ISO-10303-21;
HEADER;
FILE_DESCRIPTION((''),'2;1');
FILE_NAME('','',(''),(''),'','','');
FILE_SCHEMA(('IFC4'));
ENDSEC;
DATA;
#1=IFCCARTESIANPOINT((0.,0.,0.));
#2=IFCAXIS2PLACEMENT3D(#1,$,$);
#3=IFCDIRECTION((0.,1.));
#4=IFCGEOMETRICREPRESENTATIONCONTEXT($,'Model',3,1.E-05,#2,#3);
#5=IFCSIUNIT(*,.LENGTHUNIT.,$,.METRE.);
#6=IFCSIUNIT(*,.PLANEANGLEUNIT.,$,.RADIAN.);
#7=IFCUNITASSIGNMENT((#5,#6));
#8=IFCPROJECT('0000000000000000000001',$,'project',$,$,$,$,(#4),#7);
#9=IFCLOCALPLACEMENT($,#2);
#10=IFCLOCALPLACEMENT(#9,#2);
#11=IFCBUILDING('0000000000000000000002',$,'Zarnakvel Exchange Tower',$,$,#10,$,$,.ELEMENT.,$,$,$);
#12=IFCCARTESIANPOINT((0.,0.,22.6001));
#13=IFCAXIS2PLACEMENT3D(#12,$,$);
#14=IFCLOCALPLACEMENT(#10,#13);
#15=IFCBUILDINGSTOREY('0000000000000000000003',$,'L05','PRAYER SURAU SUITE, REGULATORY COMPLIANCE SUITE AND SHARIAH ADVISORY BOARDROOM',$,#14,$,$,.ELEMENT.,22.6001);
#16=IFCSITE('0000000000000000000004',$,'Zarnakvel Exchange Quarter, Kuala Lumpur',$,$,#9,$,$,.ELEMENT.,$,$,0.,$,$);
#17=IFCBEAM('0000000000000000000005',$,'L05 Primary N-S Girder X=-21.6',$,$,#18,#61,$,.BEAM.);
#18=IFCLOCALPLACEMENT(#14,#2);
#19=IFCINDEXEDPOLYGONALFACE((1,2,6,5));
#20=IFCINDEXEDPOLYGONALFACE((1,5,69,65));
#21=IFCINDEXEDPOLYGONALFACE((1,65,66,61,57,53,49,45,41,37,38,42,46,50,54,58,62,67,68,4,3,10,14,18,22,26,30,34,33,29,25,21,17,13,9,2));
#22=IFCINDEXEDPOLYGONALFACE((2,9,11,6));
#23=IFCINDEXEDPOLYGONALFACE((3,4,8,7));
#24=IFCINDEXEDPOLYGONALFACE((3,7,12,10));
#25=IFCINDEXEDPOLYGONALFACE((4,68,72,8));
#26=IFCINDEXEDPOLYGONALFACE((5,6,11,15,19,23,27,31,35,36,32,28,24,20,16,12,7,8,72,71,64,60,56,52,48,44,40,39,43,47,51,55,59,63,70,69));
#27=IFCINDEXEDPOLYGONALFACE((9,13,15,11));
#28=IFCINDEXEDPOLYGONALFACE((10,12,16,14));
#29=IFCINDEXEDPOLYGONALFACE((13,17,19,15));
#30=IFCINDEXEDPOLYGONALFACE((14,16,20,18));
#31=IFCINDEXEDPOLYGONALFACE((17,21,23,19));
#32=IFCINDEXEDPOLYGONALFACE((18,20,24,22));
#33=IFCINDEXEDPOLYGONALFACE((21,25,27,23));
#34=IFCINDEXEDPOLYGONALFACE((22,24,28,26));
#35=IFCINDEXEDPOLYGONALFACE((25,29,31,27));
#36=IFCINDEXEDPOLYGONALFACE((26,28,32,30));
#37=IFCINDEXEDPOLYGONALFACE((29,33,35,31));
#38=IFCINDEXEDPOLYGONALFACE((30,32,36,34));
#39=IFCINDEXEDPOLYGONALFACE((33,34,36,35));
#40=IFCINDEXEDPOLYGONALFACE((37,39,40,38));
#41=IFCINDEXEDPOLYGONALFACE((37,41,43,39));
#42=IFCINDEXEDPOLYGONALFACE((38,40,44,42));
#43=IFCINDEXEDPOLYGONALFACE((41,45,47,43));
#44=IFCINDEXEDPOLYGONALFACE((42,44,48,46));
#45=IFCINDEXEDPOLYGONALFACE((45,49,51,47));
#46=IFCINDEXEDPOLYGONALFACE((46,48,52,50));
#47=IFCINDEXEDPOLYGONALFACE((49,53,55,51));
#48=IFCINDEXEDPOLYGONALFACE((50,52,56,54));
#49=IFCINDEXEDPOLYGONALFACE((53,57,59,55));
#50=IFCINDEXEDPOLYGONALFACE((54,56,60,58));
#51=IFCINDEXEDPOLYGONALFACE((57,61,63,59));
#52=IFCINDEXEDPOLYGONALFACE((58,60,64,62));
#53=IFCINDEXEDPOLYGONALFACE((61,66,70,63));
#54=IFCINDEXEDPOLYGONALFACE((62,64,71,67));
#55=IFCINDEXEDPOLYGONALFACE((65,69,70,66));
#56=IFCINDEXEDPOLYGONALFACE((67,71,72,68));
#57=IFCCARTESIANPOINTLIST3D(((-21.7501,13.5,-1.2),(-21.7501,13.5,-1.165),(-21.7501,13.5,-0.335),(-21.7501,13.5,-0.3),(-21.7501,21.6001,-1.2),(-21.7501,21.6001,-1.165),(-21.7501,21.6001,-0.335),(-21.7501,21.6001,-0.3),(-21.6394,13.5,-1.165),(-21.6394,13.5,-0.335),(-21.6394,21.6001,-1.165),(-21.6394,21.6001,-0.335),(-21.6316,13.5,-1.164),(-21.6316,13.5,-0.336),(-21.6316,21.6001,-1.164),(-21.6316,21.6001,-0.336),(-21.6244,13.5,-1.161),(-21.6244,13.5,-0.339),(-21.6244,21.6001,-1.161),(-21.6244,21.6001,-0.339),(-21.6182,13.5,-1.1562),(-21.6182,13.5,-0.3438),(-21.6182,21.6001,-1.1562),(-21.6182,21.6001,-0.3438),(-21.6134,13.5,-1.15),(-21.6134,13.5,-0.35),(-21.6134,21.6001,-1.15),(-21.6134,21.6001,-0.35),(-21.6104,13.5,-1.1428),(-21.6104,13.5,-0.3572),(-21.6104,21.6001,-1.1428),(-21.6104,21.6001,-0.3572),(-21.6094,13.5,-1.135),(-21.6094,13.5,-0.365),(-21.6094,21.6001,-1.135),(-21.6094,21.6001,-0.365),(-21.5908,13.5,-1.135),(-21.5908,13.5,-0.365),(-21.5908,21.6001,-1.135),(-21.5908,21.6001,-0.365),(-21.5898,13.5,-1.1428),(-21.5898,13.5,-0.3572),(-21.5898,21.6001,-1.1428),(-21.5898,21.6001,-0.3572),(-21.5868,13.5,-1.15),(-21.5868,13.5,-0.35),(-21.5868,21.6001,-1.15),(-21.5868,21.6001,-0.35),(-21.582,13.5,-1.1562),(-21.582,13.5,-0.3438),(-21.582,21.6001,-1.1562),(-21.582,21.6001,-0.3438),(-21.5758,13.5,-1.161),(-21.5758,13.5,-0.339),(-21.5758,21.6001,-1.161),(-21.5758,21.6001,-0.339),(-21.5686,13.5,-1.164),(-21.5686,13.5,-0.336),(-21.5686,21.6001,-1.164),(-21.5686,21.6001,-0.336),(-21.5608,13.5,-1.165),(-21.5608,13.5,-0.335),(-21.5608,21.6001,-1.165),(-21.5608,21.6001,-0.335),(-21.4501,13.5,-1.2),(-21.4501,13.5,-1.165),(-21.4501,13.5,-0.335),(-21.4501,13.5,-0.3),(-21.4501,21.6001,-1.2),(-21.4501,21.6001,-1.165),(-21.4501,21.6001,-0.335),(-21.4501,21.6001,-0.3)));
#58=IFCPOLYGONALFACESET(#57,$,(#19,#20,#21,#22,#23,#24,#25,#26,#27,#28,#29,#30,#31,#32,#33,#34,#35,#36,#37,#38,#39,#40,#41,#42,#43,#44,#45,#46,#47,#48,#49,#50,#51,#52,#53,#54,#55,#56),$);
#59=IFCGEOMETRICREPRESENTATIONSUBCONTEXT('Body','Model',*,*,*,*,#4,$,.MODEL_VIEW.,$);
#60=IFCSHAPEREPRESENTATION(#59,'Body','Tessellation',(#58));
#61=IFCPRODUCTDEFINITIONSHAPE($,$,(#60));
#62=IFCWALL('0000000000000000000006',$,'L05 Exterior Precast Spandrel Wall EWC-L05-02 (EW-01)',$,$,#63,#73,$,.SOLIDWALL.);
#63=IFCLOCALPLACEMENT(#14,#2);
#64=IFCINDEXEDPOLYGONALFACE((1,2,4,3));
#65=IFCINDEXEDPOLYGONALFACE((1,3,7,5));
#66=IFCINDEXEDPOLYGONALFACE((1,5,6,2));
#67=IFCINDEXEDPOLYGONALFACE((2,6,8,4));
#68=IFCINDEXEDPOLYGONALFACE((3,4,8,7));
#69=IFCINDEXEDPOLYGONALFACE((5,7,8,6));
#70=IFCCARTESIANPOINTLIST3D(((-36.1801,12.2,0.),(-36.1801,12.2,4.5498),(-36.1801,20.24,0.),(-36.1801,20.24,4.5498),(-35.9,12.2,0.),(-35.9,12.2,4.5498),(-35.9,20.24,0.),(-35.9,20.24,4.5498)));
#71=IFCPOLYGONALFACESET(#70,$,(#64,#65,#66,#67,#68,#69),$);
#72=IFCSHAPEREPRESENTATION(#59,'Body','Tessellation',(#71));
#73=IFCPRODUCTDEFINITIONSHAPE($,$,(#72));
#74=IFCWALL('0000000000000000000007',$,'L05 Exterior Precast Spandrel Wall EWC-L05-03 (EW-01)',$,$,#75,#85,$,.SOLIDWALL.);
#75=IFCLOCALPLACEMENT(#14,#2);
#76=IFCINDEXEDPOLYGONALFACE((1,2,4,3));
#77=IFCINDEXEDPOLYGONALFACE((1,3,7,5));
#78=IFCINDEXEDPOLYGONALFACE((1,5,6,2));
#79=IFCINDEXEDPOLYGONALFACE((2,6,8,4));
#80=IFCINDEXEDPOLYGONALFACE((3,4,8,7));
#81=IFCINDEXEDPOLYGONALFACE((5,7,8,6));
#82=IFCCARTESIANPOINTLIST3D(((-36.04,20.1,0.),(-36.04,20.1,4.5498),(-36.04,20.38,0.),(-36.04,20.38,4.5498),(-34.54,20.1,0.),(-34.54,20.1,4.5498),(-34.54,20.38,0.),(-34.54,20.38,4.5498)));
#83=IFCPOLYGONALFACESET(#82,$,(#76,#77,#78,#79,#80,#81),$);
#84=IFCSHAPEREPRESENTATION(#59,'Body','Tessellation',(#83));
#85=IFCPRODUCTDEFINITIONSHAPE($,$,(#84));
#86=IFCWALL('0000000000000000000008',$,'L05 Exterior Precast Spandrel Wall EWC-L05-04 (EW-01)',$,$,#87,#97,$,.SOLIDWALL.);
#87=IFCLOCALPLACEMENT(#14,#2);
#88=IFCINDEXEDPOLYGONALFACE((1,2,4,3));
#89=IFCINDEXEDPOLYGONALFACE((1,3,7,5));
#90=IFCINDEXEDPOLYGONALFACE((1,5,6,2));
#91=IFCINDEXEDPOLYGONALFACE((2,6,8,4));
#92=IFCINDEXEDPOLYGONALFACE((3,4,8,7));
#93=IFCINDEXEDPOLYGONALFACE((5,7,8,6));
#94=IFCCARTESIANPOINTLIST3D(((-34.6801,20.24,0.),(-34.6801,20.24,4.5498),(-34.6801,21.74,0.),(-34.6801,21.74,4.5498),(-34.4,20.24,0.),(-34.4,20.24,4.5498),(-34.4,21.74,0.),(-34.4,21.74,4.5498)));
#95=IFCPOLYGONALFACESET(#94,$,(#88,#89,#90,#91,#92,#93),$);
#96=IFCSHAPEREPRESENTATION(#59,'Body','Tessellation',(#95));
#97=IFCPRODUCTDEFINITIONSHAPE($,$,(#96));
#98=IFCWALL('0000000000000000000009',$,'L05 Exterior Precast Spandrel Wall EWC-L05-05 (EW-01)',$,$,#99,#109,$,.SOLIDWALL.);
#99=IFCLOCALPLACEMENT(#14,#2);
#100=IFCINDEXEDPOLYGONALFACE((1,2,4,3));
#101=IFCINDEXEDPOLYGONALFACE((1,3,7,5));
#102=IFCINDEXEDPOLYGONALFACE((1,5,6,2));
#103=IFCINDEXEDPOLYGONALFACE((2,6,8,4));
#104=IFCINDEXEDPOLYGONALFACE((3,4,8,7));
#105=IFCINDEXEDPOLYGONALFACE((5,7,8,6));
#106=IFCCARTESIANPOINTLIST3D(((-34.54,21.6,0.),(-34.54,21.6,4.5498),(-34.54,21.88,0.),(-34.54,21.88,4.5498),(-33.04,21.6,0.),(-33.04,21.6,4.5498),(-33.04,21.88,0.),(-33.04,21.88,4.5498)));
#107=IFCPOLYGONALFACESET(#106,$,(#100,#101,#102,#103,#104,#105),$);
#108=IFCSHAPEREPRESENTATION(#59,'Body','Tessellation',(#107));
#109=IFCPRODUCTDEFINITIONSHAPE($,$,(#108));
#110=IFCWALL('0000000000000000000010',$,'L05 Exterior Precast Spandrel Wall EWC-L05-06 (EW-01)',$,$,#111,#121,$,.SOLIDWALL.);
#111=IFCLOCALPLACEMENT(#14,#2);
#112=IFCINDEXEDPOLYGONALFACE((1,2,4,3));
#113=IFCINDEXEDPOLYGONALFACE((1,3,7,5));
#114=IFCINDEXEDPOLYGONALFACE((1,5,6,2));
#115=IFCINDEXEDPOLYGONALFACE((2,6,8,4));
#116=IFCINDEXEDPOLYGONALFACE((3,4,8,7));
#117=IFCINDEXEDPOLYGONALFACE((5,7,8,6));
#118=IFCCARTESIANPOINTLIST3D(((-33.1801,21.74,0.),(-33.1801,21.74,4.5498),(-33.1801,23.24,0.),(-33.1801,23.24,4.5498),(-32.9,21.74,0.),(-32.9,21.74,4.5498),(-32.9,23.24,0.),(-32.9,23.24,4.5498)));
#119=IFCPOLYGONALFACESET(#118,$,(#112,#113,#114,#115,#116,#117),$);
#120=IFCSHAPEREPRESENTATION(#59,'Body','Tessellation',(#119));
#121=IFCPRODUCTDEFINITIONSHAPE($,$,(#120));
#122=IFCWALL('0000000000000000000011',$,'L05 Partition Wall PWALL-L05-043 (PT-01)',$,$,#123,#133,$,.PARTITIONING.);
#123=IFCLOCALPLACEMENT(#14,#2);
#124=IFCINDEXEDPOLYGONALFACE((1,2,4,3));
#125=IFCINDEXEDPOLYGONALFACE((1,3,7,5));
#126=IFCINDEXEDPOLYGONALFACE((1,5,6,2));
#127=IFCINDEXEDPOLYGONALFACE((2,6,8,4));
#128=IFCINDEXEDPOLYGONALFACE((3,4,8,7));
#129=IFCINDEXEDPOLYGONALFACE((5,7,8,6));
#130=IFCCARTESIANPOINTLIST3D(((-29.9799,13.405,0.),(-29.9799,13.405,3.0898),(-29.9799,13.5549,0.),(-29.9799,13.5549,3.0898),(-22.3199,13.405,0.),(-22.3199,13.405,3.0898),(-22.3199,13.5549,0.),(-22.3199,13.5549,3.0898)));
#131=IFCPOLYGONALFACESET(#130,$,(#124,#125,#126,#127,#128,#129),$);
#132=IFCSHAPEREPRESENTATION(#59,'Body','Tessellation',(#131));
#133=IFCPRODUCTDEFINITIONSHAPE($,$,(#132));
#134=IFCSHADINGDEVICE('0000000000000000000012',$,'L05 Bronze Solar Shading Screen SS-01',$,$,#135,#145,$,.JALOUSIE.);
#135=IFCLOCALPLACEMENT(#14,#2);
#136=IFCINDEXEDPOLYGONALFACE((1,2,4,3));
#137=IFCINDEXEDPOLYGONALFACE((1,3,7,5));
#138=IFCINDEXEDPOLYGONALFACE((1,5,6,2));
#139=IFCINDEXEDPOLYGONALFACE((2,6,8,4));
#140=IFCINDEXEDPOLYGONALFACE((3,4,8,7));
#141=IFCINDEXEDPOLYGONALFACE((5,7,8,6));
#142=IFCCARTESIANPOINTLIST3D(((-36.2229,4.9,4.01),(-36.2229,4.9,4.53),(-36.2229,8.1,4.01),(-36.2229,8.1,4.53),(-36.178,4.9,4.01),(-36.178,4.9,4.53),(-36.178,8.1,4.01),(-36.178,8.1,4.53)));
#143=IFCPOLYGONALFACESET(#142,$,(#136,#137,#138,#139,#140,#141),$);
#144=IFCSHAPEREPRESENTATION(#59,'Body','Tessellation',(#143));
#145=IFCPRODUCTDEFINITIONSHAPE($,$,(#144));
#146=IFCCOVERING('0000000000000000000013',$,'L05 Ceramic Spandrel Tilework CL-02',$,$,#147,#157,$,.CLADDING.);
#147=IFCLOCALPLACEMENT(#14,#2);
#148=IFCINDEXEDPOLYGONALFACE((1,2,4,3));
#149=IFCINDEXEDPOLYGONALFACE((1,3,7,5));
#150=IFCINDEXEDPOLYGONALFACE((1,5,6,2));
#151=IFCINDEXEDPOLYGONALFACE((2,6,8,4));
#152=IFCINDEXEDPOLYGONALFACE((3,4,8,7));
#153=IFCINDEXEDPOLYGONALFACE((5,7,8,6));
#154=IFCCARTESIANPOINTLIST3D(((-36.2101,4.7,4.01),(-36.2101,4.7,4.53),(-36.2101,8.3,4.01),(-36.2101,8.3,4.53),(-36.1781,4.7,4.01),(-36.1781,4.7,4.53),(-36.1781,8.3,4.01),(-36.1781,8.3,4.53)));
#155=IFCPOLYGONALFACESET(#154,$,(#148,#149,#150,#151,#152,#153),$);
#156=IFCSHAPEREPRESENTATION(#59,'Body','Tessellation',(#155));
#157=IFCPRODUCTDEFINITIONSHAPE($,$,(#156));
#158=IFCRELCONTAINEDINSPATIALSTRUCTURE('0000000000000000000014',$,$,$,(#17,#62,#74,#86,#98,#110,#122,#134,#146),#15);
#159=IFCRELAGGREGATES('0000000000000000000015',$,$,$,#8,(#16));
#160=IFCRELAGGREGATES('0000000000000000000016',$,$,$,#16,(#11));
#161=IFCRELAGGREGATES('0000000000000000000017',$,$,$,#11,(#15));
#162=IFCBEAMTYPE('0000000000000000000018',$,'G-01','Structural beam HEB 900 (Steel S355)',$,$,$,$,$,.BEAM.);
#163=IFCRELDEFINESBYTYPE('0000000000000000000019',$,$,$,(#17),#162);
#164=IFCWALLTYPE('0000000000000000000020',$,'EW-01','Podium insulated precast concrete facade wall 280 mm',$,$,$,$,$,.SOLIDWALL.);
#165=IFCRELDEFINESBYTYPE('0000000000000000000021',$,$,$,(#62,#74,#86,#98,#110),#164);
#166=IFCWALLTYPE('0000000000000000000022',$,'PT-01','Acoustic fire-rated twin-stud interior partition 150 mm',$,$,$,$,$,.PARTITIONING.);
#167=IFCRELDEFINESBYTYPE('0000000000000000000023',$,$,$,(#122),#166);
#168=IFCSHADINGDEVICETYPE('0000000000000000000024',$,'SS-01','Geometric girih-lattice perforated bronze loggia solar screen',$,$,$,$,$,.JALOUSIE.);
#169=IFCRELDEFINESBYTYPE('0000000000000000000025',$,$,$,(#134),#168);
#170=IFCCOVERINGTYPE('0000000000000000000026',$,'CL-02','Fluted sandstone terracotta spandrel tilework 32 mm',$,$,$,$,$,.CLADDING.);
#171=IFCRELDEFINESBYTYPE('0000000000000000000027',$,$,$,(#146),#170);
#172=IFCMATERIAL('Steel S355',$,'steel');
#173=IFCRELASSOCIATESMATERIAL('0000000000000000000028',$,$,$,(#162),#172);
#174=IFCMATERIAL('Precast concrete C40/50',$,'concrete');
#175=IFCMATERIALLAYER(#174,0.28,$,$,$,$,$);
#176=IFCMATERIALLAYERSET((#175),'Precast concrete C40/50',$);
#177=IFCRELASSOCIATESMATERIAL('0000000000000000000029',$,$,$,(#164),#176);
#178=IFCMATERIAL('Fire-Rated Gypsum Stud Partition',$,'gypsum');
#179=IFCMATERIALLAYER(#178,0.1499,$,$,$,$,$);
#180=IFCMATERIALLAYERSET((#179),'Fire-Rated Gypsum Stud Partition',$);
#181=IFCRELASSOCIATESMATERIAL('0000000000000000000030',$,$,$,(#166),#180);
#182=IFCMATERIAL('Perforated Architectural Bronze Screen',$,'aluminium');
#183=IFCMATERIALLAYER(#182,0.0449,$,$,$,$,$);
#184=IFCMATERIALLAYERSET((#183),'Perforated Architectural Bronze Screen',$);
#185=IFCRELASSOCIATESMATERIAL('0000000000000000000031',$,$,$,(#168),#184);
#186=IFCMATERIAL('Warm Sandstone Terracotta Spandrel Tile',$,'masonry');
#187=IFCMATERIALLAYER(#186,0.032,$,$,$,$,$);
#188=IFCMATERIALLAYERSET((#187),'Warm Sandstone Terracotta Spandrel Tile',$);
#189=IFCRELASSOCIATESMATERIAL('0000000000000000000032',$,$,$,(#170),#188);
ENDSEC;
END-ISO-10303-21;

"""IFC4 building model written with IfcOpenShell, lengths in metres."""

from ifc_helpers import new_model, si_unit, direction, frame, frame_2d, origin, origin_2d, place, context, subcontext, project, spatial, rectangle, i_section, extrude, source, transform, mapped, material, layer, layer_set, material_profile, profile_set, type_object, element, save


model = new_model("IFC4")

# Units and contexts
model_context = context("Model", 3, precision=1e-05, world=origin(), true_north=direction((0.0, 1.0)))
body_context = subcontext(model_context, "Body", "Model", "MODEL_VIEW")
ifc_project = project(units=[si_unit("LENGTHUNIT", "METRE"), si_unit("PLANEANGLEUNIT", "RADIAN")], contexts=[model_context])

# Site, building, storey
site_placement = place(None, origin())
site = spatial("IfcSite", under=ifc_project, at=site_placement, Name="Zarnakvel Exchange Quarter, Kuala Lumpur", CompositionType="ELEMENT", RefElevation=0.0)
building_placement = place(site_placement, origin())
building = spatial("IfcBuilding", under=site, at=building_placement, Name="Zarnakvel Exchange Tower", CompositionType="ELEMENT")
storey_placement = place(building_placement, frame((0.0, 0.0, 22.6001)))
storey = spatial("IfcBuildingStorey", under=building, at=storey_placement, Name="L05", Description="PRAYER SURAU SUITE, REGULATORY COMPLIANCE SUITE AND SHARIAH ADVISORY BOARDROOM", CompositionType="ELEMENT", Elevation=22.6001)

# Beam
ifc_material_1 = material(Name="Steel S355", Category="steel")
ifc_material_profile_1 = material_profile(ifc_material_1, i_section(OverallWidth=0.3, OverallDepth=0.8999, WebThickness=0.0186, FlangeThickness=0.0349, FilletRadius=0.03, at=origin_2d()))
ifc_profile_set_1 = profile_set([ifc_material_profile_1], Name="Steel S355")
beam_type_1 = type_object("IfcBeamType", Name="G-01", Description="Structural beam HEB 900 (Steel S355)", PredefinedType="BEAM", material=ifc_profile_set_1)
beam_1_placement = place(storey_placement, frame((-21.6001, 13.5, -0.75), z_axis=(0.0, 1.0, 0.0), x_axis=(-1.0, 0.0, 0.0)))
element("IfcBeam", 1, at=beam_1_placement, inside=storey, type_object=beam_type_1, Name="L05 Primary N-S Girder X=-21.6", PredefinedType="BEAM", context=body_context, shape_type="SweptSolid", body=[
    extrude(i_section(OverallWidth=0.3, OverallDepth=0.8999, WebThickness=0.0186, FlangeThickness=0.0349, FilletRadius=0.03, at=origin_2d()), origin(), (0.0, 0.0, 1.0), 8.1001),
])

# Walls
ifc_material_2 = material(Name="Precast concrete C40/50", Category="concrete")
ifc_layer_1 = layer(ifc_material_2, 0.28)
ifc_layer_set_1 = layer_set([ifc_layer_1], Name="Precast concrete C40/50")
wall_type_1 = type_object("IfcWallType", Name="EW-01", Description="Podium insulated precast concrete facade wall 280 mm", PredefinedType="SOLIDWALL", material=ifc_layer_set_1)
wall_1_placement = place(storey_placement, frame((-36.04, 20.24, 0.0), z_axis=(0.0, 0.0, 1.0), x_axis=(0.0, -1.0, 0.0)))
element("IfcWall", 2, at=wall_1_placement, inside=storey, type_object=wall_type_1, Name="L05 Exterior Precast Spandrel Wall EWC-L05-02 (EW-01)", PredefinedType="SOLIDWALL", context=body_context, shape_type="SweptSolid", body=[
    extrude(rectangle(XDim=8.04, YDim=0.28, at=frame_2d((4.02, 0.0))), origin(), (0.0, 0.0, 1.0), 4.5498),
])
for number, where, z_axis, x_axis, name in (
    (3, (-34.54, 20.24, 0.0), (0.0, 0.0, 1.0), (-1.0, 0.0, 0.0), "L05 Exterior Precast Spandrel Wall EWC-L05-03 (EW-01)"),
    (4, (-34.54, 21.74, 0.0), (0.0, 0.0, 1.0), (0.0, -1.0, 0.0), "L05 Exterior Precast Spandrel Wall EWC-L05-04 (EW-01)"),
    (5, (-33.04, 21.74, 0.0), (0.0, 0.0, 1.0), (-1.0, 0.0, 0.0), "L05 Exterior Precast Spandrel Wall EWC-L05-05 (EW-01)"),
    (6, (-33.04, 23.24, 0.0), (0.0, 0.0, 1.0), (0.0, -1.0, 0.0), "L05 Exterior Precast Spandrel Wall EWC-L05-06 (EW-01)"),
):
    element("IfcWall", number, at=place(storey_placement, frame(where, z_axis=z_axis, x_axis=x_axis)), inside=storey, type_object=wall_type_1, Name=name, PredefinedType="SOLIDWALL", context=body_context, shape_type="SweptSolid", body=[
        extrude(rectangle(XDim=1.5, YDim=0.28, at=frame_2d((0.75, 0.0))), origin(), (0.0, 0.0, 1.0), 4.5498),
    ])
ifc_material_3 = material(Name="Fire-Rated Gypsum Stud Partition", Category="gypsum")
ifc_layer_2 = layer(ifc_material_3, 0.1499)
ifc_layer_set_2 = layer_set([ifc_layer_2], Name="Fire-Rated Gypsum Stud Partition")
wall_type_2 = type_object("IfcWallType", Name="PT-01", Description="Acoustic fire-rated twin-stud interior partition 150 mm", PredefinedType="PARTITIONING", material=ifc_layer_set_2)
wall_2_placement = place(storey_placement, frame((-29.98, 13.48, 0.0), z_axis=(0.0, 0.0, 1.0), x_axis=(1.0, 0.0, 0.0)))
element("IfcWall", 7, at=wall_2_placement, inside=storey, type_object=wall_type_2, Name="L05 Partition Wall PWALL-L05-043 (PT-01)", PredefinedType="PARTITIONING", context=body_context, shape_type="SweptSolid", body=[
    extrude(rectangle(XDim=7.6599, YDim=0.1499, at=frame_2d((3.8301, 0.0))), origin(), (0.0, 0.0, 1.0), 3.0898),
])

# Shading device
ifc_material_4 = material(Name="Perforated Architectural Bronze Screen", Category="aluminium")
ifc_layer_3 = layer(ifc_material_4, 0.0449)
ifc_layer_set_3 = layer_set([ifc_layer_3], Name="Perforated Architectural Bronze Screen")
shading_device_type = type_object("IfcShadingDeviceType", Name="SS-01", Description="Geometric girih-lattice perforated bronze loggia solar screen", PredefinedType="JALOUSIE", material=ifc_layer_set_3)
shared_shape_1 = source(origin(), body_context, "Body", "SweptSolid", [
    extrude(rectangle(XDim=3.2, YDim=0.0449, at=origin_2d()), origin(), (0.0, 0.0, 1.0), 0.52),
])
shading_device_placement = place(storey_placement, frame((-36.2004, 6.5, 4.01), z_axis=(0.0, 0.0, 1.0), x_axis=(0.0, 1.0, 0.0)))
element("IfcShadingDevice", 8, at=shading_device_placement, inside=storey, type_object=shading_device_type, Name="L05 Bronze Solar Shading Screen SS-01", PredefinedType="JALOUSIE", context=body_context, shape_type="MappedRepresentation", body=[
    mapped(shared_shape_1, transform((0.0, 0.0, 0.0), x_axis=(1.0, 0.0, 0.0), y_axis=(0.0, 1.0, 0.0), z_axis=(0.0, 0.0, 1.0), scale=1.0)),
])

# Covering
ifc_material_5 = material(Name="Warm Sandstone Terracotta Spandrel Tile", Category="masonry")
ifc_layer_4 = layer(ifc_material_5, 0.032)
ifc_layer_set_4 = layer_set([ifc_layer_4], Name="Warm Sandstone Terracotta Spandrel Tile")
covering_type = type_object("IfcCoveringType", Name="CL-02", Description="Fluted sandstone terracotta spandrel tilework 32 mm", PredefinedType="CLADDING", material=ifc_layer_set_4)
shared_shape_2 = source(origin(), body_context, "Body", "SweptSolid", [
    extrude(rectangle(XDim=3.6001, YDim=0.032, at=origin_2d()), origin(), (0.0, 0.0, 1.0), 0.52),
])
covering_placement = place(storey_placement, frame((-36.1941, 6.5, 4.01), z_axis=(0.0, 0.0, 1.0), x_axis=(0.0, 1.0, 0.0)))
element("IfcCovering", 9, at=covering_placement, inside=storey, type_object=covering_type, Name="L05 Ceramic Spandrel Tilework CL-02", PredefinedType="CLADDING", context=body_context, shape_type="MappedRepresentation", body=[
    mapped(shared_shape_2, transform((0.0, 0.0, 0.0), x_axis=(1.0, 0.0, 0.0), y_axis=(0.0, 1.0, 0.0), z_axis=(0.0, 0.0, 1.0), scale=1.0)),
])

save(model, "model.ifc")
